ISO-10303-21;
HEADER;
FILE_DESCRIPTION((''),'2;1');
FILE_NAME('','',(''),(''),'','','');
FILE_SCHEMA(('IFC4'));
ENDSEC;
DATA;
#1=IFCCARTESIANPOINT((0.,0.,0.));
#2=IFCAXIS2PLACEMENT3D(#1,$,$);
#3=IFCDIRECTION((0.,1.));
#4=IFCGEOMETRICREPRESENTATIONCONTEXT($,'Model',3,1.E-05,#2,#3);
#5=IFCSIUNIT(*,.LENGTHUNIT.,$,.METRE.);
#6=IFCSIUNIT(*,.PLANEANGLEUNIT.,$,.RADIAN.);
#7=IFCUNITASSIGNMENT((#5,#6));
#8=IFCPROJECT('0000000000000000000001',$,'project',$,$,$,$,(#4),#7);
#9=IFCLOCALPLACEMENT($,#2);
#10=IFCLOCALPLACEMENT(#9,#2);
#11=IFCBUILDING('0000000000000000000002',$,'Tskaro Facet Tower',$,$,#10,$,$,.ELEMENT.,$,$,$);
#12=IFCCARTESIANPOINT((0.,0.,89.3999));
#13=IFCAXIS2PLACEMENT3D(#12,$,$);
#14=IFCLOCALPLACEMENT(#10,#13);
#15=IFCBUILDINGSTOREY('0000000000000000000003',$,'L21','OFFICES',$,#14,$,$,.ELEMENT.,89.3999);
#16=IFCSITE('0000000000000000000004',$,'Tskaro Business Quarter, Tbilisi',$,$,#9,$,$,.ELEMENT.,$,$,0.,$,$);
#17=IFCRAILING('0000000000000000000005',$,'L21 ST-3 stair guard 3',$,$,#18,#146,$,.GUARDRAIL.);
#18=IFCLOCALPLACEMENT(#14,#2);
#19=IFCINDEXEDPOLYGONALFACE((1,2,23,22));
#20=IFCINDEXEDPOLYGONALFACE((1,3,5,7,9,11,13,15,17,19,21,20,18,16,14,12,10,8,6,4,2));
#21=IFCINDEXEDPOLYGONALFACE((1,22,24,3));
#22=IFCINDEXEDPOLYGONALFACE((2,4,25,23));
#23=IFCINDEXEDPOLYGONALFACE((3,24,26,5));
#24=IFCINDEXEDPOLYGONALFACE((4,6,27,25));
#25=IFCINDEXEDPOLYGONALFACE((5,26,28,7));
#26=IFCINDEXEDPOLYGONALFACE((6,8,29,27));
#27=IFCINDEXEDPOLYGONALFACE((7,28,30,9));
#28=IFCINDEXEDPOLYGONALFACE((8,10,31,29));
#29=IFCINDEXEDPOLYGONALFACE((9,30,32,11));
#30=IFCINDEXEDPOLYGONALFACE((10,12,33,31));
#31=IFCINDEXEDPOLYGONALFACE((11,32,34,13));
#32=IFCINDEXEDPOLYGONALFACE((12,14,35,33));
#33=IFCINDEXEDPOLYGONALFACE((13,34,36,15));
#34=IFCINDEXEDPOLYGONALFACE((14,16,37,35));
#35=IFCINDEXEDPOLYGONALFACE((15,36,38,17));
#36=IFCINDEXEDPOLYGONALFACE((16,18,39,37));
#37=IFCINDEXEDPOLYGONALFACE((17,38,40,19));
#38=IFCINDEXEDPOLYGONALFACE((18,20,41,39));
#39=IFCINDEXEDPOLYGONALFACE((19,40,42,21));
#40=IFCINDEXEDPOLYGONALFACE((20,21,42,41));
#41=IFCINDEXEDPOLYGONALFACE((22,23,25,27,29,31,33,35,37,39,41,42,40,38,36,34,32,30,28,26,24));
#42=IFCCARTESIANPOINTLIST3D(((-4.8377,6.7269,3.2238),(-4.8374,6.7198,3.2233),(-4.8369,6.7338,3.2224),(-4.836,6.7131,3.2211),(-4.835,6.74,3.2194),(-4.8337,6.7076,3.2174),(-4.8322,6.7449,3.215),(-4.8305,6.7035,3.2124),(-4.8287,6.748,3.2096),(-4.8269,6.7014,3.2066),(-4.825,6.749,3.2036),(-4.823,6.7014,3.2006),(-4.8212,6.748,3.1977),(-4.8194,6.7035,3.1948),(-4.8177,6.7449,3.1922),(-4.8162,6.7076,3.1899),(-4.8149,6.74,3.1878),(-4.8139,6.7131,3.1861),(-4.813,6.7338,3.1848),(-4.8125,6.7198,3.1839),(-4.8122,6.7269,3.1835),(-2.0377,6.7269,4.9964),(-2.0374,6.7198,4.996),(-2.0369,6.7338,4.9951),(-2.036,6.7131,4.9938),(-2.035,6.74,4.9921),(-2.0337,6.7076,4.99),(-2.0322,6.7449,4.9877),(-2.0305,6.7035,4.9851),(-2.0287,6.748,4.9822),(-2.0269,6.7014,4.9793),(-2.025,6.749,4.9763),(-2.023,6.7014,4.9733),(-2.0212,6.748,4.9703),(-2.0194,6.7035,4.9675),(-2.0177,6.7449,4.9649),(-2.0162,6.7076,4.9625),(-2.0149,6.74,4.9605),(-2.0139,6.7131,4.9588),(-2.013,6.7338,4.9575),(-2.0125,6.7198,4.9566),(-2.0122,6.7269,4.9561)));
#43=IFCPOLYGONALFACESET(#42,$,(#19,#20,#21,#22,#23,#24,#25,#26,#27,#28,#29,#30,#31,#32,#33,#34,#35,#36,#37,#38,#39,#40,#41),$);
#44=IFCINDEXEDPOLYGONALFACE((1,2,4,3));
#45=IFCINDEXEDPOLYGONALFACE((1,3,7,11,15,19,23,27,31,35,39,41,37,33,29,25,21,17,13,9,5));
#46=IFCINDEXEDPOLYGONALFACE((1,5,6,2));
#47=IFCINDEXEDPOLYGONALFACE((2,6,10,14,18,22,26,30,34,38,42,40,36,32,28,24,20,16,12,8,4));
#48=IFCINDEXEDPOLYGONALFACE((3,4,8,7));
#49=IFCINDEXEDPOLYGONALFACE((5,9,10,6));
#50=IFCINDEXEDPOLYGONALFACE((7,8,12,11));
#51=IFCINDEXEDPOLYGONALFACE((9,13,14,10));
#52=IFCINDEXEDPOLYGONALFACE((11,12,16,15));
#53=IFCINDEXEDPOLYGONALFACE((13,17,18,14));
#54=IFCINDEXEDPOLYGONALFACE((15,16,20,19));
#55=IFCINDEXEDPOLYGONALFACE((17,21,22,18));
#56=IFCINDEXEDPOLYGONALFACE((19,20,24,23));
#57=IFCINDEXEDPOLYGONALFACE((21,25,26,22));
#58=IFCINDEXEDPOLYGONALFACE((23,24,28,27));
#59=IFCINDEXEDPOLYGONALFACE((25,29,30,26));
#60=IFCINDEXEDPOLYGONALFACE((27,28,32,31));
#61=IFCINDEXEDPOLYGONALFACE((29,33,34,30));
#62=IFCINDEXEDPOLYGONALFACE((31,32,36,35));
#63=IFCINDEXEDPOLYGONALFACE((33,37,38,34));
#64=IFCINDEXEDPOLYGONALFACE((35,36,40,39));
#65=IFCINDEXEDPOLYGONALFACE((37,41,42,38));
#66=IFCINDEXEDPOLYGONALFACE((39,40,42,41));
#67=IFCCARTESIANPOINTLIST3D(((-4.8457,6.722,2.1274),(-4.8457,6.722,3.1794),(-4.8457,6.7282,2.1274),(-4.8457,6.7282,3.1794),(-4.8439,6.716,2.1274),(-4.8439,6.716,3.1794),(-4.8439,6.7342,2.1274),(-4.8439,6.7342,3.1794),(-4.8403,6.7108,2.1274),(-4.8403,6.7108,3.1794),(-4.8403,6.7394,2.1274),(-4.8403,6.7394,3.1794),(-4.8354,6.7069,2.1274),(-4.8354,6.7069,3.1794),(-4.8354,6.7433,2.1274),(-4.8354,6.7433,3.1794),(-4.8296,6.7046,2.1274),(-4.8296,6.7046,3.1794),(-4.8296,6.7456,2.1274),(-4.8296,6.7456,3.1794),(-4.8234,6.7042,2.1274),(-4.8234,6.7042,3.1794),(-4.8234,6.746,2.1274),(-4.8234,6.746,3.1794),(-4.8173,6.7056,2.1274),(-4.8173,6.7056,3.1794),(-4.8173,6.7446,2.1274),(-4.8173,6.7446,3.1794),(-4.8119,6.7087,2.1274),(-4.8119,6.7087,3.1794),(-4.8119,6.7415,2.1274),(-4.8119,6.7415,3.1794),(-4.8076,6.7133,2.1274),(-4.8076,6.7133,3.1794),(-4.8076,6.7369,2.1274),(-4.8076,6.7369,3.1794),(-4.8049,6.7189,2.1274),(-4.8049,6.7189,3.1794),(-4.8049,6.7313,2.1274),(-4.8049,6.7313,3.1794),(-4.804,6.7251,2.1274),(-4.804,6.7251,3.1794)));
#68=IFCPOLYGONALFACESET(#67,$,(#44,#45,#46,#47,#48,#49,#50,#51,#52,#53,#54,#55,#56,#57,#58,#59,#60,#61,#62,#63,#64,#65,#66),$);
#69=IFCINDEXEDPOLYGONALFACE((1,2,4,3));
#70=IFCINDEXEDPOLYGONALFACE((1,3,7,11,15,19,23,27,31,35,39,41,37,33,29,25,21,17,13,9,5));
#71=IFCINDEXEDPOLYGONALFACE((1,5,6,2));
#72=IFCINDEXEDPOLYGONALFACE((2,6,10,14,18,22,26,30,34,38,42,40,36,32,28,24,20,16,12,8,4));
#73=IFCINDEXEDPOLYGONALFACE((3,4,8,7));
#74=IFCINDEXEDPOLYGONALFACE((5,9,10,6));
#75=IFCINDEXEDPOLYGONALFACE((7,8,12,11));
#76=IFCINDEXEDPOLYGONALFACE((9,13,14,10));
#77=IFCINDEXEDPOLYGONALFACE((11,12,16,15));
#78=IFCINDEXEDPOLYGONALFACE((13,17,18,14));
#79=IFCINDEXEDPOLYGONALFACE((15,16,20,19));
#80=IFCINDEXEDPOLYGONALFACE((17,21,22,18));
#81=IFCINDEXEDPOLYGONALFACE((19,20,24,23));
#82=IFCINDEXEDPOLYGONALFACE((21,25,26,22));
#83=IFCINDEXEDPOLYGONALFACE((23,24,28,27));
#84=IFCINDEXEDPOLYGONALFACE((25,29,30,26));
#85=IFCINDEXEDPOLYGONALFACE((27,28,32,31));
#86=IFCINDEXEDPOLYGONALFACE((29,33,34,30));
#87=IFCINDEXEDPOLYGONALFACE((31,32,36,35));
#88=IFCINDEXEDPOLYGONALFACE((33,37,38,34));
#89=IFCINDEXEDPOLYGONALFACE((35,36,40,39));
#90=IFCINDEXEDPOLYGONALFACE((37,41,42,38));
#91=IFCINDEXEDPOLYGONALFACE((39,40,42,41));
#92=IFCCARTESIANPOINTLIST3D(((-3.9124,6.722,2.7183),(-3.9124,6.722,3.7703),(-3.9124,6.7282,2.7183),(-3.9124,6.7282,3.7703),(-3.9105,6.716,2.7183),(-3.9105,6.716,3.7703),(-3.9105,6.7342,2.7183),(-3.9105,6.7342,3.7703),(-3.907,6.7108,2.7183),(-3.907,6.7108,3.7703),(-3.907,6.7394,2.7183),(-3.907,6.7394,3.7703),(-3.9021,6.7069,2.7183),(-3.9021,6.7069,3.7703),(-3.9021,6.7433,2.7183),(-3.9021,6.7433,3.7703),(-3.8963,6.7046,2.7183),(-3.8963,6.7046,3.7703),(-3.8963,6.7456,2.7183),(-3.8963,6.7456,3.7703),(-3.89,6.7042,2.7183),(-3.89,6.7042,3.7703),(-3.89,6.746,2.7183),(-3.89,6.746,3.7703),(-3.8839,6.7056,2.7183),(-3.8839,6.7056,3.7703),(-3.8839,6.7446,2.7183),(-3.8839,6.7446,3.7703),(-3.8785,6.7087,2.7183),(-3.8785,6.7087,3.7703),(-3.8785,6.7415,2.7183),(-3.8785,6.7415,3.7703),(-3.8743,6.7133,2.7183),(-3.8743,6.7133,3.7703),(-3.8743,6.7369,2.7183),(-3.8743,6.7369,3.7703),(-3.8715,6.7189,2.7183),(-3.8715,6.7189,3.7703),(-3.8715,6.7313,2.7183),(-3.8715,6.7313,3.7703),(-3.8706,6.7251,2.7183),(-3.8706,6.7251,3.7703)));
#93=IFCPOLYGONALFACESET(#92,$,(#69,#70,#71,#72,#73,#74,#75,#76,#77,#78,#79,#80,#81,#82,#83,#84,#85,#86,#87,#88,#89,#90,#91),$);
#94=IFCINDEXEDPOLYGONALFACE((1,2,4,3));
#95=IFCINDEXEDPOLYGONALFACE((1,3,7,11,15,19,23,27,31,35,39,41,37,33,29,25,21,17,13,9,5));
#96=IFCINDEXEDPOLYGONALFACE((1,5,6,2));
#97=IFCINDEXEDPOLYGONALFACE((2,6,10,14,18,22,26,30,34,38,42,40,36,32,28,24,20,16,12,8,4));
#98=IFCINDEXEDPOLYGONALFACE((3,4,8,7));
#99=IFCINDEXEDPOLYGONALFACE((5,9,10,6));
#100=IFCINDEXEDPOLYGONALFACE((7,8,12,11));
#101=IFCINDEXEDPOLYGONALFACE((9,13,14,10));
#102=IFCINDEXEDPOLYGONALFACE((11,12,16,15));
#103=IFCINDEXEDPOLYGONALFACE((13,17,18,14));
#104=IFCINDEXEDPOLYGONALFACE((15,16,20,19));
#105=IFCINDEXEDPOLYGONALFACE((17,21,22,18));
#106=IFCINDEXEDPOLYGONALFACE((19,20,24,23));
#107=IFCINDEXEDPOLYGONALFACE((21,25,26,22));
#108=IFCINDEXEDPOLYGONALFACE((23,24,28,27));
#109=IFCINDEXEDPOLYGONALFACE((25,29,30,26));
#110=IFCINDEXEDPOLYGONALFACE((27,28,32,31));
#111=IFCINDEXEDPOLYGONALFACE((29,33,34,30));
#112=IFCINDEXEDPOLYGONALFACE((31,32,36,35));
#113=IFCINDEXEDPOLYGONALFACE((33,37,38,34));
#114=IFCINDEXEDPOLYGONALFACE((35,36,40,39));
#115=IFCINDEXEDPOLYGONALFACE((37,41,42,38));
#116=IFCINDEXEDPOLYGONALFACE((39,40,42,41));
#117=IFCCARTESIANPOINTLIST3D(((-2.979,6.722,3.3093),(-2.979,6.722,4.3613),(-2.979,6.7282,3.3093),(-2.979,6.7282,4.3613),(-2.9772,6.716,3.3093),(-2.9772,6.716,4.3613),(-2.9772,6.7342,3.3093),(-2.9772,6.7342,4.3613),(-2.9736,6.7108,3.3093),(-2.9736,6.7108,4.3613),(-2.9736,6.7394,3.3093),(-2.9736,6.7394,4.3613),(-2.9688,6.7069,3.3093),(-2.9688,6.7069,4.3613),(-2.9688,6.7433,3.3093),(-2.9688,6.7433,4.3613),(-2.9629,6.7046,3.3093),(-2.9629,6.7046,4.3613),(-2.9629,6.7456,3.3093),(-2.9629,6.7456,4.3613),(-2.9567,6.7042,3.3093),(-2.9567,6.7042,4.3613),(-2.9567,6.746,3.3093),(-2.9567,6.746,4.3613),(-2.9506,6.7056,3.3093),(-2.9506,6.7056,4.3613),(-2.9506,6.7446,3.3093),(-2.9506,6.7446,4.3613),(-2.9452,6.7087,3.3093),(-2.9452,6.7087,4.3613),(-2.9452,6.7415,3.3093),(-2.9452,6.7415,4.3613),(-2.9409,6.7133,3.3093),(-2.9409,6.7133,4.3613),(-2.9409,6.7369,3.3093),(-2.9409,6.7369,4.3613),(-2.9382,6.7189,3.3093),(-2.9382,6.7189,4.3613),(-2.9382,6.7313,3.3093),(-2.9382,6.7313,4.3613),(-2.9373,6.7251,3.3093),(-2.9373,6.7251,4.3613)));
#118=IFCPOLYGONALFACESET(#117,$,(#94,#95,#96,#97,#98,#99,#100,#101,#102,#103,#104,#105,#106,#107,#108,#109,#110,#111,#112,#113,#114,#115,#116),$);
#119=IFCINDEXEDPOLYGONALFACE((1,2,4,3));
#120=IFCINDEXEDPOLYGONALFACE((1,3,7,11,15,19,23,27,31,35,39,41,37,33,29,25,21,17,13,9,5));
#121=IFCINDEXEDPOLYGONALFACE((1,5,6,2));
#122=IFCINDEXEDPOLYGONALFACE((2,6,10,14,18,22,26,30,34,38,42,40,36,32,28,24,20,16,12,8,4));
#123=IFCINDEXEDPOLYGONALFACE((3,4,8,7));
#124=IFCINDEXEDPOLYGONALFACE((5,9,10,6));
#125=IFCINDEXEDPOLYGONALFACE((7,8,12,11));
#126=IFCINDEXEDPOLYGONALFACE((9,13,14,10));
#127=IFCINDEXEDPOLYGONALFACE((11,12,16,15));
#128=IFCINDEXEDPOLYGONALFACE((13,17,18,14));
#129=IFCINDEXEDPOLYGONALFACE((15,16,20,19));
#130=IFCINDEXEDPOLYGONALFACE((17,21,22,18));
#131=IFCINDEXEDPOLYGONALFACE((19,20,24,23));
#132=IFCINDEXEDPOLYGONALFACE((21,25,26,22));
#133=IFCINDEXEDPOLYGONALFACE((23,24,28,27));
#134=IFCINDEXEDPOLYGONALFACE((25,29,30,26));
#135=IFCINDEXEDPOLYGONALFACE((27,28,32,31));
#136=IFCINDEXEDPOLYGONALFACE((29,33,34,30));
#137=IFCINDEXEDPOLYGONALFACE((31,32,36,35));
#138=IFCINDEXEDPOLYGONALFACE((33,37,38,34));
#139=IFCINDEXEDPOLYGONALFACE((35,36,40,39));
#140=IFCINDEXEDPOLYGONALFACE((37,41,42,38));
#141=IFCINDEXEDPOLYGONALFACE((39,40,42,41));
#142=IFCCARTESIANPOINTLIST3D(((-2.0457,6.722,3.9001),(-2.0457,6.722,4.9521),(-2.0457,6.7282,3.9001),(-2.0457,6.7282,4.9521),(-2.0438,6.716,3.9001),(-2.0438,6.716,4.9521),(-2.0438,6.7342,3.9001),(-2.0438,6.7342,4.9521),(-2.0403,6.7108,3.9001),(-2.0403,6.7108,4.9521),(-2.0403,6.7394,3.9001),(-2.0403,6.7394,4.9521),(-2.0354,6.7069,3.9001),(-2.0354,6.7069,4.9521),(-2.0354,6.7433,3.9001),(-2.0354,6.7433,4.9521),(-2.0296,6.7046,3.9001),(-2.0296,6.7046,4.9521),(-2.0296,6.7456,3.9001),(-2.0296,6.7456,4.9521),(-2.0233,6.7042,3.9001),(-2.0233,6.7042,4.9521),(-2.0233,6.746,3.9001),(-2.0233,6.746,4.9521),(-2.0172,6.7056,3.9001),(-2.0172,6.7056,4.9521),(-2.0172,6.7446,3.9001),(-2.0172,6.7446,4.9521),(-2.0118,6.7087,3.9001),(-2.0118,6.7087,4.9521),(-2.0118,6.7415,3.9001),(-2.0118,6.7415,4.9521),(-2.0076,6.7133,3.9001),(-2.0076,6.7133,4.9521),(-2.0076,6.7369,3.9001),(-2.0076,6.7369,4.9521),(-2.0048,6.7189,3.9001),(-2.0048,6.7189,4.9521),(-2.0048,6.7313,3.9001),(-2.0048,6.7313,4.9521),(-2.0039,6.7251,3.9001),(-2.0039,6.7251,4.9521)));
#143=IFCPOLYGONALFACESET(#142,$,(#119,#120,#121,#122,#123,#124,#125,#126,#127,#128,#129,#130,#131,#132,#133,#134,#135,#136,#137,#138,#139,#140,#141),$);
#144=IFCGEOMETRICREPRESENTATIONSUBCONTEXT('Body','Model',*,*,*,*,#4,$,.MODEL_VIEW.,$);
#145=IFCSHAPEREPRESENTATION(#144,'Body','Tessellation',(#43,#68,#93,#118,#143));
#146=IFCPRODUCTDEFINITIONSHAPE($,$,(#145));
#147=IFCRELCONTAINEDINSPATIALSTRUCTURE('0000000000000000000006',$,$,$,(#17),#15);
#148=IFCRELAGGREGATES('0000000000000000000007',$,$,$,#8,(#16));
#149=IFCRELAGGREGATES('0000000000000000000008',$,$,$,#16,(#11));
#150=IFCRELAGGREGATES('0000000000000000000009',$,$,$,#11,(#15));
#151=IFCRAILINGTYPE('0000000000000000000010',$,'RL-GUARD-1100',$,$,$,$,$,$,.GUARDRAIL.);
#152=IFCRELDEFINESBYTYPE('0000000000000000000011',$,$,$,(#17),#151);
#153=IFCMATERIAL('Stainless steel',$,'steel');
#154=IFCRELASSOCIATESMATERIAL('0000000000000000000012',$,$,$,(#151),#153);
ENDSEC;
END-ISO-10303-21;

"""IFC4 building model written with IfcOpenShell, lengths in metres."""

from ifc_helpers import new_model, si_unit, direction, frame, origin, origin_2d, place, context, subcontext, project, spatial, circle, extrude, material, type_object, element, save


model = new_model("IFC4")

# Units and contexts
model_context = context("Model", 3, precision=1e-05, world=origin(), true_north=direction((0.0, 1.0)))
body_context = subcontext(model_context, "Body", "Model", "MODEL_VIEW")
ifc_project = project(units=[si_unit("LENGTHUNIT", "METRE"), si_unit("PLANEANGLEUNIT", "RADIAN")], contexts=[model_context])

# Site, building, storey
site_placement = place(None, origin())
site = spatial("IfcSite", under=ifc_project, at=site_placement, Name="Tskaro Business Quarter, Tbilisi", CompositionType="ELEMENT", RefElevation=0.0)
building_placement = place(site_placement, origin())
building = spatial("IfcBuilding", under=site, at=building_placement, Name="Tskaro Facet Tower", CompositionType="ELEMENT")
storey_placement = place(building_placement, frame((0.0, 0.0, 89.3999)))
storey = spatial("IfcBuildingStorey", under=building, at=storey_placement, Name="L21", Description="OFFICES", CompositionType="ELEMENT", Elevation=89.3999)

# Railing
ifc_material_1 = material(Name="Stainless steel", Category="steel")
railing_type_1 = type_object("IfcRailingType", Name="RL-GUARD-1100", PredefinedType="GUARDRAIL", material=ifc_material_1)
railing_1_placement = place(storey_placement, frame((-4.825, 6.7251, 2.1274)))
element("IfcRailing", 1, at=railing_1_placement, inside=storey, type_object=railing_type_1, Name="L21 ST-3 stair guard 3", PredefinedType="GUARDRAIL", context=body_context, shape_type="SweptSolid", body=[
    extrude(circle(Radius=0.0239, at=origin_2d()), frame((0.0, 0.0, 1.0762), z_axis=(0.844909, 0.0, 0.53491), x_axis=(0.0, 1.0, 0.0)), (0.0, 0.0, 1.0), 3.314),
    extrude(circle(Radius=0.021, at=origin_2d()), origin(), (0.0, 0.0, 1.0), 1.052),
    extrude(circle(Radius=0.021, at=origin_2d()), frame((0.9333, 0.0, 0.5908)), (0.0, 0.0, 1.0), 1.052),
    extrude(circle(Radius=0.021, at=origin_2d()), frame((1.8667, 0.0, 1.1819)), (0.0, 0.0, 1.0), 1.052),
    extrude(circle(Radius=0.021, at=origin_2d()), frame((2.8, 0.0, 1.7727)), (0.0, 0.0, 1.0), 1.052),
])

save(model, "model.ifc")
